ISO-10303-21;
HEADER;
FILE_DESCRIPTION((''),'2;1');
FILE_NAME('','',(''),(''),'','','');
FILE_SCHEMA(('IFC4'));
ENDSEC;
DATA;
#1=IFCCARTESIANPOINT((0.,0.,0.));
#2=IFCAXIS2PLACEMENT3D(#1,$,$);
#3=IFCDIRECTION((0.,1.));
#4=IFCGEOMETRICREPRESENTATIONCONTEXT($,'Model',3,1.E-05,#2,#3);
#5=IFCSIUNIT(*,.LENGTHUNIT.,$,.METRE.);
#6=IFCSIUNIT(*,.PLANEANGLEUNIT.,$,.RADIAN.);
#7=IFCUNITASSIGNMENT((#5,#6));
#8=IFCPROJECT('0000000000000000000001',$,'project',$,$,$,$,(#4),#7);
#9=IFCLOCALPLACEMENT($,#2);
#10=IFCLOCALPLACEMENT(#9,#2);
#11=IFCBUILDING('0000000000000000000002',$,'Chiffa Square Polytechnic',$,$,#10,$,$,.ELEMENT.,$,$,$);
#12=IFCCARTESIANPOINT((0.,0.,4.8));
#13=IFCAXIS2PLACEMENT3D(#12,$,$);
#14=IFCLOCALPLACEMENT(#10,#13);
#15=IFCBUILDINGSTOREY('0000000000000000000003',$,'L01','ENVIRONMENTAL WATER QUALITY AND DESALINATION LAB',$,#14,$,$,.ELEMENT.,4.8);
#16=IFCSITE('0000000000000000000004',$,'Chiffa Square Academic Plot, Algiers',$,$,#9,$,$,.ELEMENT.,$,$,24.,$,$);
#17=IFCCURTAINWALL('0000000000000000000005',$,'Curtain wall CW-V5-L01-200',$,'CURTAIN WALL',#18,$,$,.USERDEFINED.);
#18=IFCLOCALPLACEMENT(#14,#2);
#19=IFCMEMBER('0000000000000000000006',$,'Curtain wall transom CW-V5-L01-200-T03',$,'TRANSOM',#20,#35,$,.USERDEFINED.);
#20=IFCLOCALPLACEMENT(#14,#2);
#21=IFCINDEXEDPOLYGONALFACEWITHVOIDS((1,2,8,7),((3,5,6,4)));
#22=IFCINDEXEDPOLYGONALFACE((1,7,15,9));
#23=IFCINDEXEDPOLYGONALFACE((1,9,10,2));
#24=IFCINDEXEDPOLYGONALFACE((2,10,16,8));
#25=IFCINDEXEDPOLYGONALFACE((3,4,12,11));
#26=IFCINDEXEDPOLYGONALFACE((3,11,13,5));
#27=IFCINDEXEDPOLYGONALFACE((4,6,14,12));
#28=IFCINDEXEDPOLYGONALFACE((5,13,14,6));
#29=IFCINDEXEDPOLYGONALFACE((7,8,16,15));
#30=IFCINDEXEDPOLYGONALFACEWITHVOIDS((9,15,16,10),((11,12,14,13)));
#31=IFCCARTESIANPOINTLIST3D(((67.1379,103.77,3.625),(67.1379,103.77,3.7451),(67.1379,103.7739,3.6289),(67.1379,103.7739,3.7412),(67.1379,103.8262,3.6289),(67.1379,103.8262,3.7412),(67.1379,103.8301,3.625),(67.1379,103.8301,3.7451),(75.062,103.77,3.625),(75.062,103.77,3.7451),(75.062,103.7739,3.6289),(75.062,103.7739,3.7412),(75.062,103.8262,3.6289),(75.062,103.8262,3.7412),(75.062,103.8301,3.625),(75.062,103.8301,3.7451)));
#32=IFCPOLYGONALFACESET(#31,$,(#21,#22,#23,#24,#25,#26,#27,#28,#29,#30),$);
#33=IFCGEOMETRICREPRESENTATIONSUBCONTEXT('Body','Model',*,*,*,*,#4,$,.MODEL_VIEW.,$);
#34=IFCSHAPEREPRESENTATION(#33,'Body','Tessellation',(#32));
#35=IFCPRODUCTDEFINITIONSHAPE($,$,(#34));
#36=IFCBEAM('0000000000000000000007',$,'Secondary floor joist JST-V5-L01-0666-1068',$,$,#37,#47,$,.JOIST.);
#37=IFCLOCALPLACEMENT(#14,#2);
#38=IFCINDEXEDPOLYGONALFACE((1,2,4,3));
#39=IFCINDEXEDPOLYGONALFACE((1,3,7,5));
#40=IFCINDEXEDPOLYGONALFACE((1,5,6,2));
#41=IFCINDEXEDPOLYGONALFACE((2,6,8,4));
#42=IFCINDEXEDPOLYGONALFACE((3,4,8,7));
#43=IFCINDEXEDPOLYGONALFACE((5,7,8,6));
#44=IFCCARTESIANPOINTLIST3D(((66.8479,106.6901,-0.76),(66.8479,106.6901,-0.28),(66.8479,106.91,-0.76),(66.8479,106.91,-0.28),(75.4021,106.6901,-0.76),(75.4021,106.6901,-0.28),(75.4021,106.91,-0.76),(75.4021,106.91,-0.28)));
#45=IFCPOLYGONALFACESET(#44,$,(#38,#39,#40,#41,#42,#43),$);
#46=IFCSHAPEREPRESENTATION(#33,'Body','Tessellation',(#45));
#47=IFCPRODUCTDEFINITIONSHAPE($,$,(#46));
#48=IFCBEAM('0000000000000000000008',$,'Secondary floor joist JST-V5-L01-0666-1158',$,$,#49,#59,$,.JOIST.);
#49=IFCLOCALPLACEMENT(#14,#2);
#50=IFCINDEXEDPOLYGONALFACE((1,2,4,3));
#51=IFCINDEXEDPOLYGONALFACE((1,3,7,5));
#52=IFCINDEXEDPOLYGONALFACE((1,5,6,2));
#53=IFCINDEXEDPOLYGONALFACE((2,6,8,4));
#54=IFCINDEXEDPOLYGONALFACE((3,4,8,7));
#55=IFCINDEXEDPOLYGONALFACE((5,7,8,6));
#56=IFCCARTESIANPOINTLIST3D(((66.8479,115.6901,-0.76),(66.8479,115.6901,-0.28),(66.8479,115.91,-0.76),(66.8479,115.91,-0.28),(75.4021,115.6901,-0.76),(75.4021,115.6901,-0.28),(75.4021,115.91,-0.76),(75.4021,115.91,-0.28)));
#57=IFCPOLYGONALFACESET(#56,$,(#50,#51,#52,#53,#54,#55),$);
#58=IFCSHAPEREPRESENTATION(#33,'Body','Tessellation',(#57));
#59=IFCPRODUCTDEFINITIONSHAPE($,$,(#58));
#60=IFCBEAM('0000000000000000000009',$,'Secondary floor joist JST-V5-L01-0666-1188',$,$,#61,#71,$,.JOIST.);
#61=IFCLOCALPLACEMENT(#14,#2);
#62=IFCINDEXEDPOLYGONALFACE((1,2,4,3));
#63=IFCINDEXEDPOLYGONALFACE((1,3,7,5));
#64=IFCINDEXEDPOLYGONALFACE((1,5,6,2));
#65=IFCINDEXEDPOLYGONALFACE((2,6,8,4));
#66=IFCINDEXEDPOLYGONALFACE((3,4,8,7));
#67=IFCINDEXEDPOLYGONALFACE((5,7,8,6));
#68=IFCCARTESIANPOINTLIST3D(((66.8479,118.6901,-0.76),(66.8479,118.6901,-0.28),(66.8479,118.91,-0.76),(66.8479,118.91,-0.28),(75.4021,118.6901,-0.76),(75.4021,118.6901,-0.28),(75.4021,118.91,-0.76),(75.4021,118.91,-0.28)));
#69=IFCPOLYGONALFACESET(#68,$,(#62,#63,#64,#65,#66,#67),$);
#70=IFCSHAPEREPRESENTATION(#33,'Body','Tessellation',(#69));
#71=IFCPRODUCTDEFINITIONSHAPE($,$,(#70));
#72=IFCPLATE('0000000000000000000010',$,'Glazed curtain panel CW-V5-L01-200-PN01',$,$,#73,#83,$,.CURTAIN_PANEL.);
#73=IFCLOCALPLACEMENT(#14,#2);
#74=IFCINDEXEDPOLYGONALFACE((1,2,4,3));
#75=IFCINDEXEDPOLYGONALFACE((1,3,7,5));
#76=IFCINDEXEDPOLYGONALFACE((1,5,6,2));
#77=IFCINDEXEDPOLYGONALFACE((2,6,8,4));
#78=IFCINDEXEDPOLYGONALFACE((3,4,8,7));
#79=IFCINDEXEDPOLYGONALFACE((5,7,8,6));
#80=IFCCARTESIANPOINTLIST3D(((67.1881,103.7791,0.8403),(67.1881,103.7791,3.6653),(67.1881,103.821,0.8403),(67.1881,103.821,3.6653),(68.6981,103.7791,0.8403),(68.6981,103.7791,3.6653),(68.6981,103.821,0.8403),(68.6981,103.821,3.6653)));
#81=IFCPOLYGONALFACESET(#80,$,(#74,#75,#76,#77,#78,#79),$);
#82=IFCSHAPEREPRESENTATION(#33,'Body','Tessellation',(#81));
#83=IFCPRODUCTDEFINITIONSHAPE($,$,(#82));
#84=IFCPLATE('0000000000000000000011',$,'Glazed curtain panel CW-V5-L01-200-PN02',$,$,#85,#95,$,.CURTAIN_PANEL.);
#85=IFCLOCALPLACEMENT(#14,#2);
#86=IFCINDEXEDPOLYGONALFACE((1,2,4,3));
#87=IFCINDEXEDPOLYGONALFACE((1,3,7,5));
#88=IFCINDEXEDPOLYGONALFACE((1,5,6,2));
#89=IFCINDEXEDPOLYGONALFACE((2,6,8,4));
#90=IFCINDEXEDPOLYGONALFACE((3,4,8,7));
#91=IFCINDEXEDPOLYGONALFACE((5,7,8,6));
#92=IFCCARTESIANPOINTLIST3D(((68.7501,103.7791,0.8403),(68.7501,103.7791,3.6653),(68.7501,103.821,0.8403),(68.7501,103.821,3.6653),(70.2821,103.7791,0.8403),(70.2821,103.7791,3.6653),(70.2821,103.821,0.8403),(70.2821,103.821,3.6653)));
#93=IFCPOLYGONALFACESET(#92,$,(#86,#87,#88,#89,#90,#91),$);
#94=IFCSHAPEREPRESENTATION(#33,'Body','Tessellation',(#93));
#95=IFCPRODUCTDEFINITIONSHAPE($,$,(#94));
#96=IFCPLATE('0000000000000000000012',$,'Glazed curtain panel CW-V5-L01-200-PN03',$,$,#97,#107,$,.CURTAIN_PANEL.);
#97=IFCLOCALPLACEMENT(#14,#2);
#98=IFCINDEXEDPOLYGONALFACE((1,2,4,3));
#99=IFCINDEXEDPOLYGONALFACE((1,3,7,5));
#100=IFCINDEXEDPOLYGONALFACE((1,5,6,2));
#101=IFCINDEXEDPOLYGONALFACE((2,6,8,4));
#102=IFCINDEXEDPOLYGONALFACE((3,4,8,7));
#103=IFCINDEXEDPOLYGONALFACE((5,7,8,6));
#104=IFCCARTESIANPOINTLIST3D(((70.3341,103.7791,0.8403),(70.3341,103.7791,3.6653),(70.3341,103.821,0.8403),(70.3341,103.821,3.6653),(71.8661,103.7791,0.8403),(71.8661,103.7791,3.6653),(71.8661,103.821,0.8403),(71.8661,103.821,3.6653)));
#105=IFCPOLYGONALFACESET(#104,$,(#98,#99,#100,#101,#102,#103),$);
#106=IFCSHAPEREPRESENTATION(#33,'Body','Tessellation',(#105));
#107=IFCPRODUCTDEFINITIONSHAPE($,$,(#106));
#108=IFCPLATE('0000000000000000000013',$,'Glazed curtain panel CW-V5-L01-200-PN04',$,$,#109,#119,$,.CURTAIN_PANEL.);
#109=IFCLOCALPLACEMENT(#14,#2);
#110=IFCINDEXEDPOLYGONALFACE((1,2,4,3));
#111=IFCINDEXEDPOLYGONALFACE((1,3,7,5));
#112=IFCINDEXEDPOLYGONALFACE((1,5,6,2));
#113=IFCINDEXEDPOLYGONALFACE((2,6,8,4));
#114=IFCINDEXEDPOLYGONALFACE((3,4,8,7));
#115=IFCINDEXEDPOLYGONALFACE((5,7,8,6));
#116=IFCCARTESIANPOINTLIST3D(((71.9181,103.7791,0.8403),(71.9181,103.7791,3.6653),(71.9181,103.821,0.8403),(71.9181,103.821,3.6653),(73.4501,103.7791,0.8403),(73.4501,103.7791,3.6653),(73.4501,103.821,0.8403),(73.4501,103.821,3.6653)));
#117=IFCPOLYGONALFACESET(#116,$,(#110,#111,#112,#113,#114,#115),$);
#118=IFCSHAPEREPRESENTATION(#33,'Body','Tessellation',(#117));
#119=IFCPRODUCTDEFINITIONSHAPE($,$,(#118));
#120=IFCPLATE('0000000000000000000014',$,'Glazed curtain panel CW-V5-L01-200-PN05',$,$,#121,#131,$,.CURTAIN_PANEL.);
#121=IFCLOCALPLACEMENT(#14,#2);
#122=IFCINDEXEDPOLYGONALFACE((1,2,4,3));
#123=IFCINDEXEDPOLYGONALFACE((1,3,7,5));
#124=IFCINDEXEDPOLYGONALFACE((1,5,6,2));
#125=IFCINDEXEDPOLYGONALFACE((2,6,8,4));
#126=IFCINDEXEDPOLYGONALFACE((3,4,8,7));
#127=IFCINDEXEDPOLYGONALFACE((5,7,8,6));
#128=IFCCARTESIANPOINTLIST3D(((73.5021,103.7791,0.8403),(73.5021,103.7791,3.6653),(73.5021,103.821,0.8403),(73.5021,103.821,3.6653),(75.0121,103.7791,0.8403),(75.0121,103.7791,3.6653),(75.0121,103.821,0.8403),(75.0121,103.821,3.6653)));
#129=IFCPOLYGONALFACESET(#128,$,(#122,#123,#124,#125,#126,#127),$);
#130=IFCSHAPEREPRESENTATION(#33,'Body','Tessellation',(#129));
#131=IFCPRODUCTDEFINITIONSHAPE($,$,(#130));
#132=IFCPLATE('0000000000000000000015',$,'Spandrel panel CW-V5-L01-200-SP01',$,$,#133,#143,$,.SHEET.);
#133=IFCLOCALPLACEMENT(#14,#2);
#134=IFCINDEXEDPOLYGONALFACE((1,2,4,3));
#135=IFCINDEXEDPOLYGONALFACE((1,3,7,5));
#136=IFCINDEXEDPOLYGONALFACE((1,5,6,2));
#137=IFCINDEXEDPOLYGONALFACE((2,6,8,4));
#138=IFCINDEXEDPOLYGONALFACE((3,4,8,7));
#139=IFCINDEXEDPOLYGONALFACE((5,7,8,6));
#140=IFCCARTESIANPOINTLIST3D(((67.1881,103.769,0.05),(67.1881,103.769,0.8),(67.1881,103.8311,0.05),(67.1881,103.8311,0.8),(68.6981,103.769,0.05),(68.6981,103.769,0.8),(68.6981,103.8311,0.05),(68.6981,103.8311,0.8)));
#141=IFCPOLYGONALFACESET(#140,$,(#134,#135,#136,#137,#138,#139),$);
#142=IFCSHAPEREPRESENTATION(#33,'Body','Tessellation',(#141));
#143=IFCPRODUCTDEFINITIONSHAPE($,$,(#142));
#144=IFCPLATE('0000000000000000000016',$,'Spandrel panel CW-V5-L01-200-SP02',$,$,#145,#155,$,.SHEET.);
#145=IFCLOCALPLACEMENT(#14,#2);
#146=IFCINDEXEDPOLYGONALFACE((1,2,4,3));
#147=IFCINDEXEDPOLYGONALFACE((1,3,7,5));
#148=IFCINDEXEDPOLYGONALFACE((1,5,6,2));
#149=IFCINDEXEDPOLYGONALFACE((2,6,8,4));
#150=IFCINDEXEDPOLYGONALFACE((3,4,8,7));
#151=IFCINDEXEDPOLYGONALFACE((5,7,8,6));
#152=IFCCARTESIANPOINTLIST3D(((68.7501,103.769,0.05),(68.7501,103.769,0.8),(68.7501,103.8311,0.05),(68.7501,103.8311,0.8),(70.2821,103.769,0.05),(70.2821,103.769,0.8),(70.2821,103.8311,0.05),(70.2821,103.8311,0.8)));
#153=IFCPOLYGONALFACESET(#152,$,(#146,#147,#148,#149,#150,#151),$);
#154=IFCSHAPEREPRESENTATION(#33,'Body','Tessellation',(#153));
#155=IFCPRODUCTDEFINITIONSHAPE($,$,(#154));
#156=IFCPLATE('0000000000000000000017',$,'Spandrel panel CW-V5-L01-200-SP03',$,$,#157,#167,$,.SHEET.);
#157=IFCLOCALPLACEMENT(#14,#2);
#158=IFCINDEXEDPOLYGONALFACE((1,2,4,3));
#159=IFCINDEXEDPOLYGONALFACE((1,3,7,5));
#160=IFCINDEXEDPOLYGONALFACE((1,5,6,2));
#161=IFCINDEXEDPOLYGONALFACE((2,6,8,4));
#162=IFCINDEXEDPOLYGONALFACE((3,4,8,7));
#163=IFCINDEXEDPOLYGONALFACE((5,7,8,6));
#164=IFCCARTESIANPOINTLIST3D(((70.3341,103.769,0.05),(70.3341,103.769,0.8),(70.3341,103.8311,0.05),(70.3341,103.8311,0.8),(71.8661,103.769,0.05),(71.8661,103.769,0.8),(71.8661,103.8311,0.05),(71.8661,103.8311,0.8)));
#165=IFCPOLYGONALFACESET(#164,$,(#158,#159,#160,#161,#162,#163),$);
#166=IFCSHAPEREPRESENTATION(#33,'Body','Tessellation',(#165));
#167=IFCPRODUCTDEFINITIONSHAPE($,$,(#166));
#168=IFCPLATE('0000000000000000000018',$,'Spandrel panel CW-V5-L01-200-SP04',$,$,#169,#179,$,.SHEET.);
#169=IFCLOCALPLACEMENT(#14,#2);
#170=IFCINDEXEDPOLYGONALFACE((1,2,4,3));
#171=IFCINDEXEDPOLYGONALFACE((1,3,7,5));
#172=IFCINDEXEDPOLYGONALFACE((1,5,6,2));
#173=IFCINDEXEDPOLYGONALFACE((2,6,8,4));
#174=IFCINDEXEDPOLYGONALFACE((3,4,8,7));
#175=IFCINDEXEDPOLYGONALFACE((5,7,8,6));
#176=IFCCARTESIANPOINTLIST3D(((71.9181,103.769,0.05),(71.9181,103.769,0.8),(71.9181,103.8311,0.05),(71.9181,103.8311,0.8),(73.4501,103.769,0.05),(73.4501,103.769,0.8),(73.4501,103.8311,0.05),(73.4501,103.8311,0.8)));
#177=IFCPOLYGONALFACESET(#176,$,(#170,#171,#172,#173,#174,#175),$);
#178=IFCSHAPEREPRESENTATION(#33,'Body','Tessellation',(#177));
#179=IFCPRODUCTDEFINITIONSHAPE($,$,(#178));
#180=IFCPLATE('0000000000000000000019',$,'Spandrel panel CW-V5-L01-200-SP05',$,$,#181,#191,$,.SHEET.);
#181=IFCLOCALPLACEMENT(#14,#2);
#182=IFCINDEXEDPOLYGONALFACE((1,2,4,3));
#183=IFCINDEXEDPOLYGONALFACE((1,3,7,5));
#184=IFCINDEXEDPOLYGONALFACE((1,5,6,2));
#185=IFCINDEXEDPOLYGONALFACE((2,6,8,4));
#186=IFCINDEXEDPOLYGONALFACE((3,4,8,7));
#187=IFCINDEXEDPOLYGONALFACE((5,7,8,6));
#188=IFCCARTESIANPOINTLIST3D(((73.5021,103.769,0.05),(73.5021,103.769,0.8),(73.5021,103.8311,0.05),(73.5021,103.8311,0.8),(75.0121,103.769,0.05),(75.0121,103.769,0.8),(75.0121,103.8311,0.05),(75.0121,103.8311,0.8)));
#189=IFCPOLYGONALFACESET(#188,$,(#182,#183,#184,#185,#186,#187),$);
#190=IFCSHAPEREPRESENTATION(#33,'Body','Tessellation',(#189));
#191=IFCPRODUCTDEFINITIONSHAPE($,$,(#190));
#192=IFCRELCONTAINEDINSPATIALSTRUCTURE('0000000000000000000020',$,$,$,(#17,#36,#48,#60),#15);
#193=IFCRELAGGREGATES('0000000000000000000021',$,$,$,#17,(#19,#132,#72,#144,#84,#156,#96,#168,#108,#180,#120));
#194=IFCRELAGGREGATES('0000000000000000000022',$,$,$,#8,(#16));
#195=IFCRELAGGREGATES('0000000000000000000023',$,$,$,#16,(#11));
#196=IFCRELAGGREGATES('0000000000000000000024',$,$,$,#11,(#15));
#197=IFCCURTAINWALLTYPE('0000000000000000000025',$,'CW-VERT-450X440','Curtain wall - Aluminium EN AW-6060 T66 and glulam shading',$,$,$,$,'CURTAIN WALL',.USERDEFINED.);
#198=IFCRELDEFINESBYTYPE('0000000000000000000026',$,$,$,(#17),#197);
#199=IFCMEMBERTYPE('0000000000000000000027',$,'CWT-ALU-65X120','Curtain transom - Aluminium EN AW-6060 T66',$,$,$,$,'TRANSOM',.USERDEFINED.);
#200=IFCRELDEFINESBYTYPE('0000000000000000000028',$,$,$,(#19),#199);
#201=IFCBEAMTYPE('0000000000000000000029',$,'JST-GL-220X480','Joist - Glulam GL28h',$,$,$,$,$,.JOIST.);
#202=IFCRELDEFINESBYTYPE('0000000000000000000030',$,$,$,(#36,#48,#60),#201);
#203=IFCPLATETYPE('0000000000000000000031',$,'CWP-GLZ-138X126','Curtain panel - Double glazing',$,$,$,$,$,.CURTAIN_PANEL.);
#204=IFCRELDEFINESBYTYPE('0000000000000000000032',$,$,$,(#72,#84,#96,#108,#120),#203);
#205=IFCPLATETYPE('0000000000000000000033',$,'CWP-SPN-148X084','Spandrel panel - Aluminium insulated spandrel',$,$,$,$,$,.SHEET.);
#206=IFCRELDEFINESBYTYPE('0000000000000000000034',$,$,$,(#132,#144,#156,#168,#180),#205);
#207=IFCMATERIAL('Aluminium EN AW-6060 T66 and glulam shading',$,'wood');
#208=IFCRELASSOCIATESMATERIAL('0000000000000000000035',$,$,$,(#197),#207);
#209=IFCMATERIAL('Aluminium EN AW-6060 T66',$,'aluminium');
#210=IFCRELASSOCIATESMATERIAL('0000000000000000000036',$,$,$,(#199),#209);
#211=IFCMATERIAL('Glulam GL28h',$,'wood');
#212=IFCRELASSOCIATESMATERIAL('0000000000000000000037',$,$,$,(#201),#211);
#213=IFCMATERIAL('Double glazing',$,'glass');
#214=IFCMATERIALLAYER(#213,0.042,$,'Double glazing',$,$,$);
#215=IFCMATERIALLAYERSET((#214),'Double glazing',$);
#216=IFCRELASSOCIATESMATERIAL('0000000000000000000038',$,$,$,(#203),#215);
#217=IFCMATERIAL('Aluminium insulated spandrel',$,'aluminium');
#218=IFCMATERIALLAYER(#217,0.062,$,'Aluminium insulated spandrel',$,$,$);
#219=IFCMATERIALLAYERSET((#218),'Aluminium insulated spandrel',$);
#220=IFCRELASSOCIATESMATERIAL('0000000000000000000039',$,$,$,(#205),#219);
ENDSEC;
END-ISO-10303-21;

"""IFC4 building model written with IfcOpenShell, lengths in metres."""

from ifc_helpers import new_model, si_unit, direction, frame, origin, origin_2d, place, context, subcontext, project, spatial, rectangle, hollow_rectangle, extrude, material, layer, layer_set, material_profile, profile_set, type_object, element, aggregate, save


model = new_model("IFC4")

# Units and contexts
model_context = context("Model", 3, precision=1e-05, world=origin(), true_north=direction((0.0, 1.0)))
body_context = subcontext(model_context, "Body", "Model", "MODEL_VIEW")
ifc_project = project(units=[si_unit("LENGTHUNIT", "METRE"), si_unit("PLANEANGLEUNIT", "RADIAN")], contexts=[model_context])

# Site, building, storey
site_placement = place(None, origin())
site = spatial("IfcSite", under=ifc_project, at=site_placement, Name="Chiffa Square Academic Plot, Algiers", CompositionType="ELEMENT", RefElevation=24.0)
building_placement = place(site_placement, origin())
building = spatial("IfcBuilding", under=site, at=building_placement, Name="Chiffa Square Polytechnic", CompositionType="ELEMENT")
storey_placement = place(building_placement, frame((0.0, 0.0, 4.8)))
storey = spatial("IfcBuildingStorey", under=building, at=storey_placement, Name="L01", Description="ENVIRONMENTAL WATER QUALITY AND DESALINATION LAB", CompositionType="ELEMENT", Elevation=4.8)

# Curtain wall, member
ifc_material_1 = material(Name="Aluminium EN AW-6060 T66 and glulam shading", Category="wood")
curtain_wall_type = type_object("IfcCurtainWallType", Name="CW-VERT-450X440", Description="Curtain wall - Aluminium EN AW-6060 T66 and glulam shading", ElementType="CURTAIN WALL", PredefinedType="USERDEFINED", material=ifc_material_1)
curtain_wall_placement = place(storey_placement, origin())
curtain_wall = element("IfcCurtainWall", 1, at=curtain_wall_placement, inside=storey, type_object=curtain_wall_type, Name="Curtain wall CW-V5-L01-200", ObjectType="CURTAIN WALL", PredefinedType="USERDEFINED")
ifc_material_2 = material(Name="Aluminium EN AW-6060 T66", Category="aluminium")
ifc_material_profile_1 = material_profile(ifc_material_2, hollow_rectangle(XDim=0.0601, YDim=0.1201, WallThickness=0.0039, at=origin_2d()), Name="ALU 60x120x4")
ifc_profile_set_1 = profile_set([ifc_material_profile_1], Name="Aluminium EN AW-6060 T66")
member_type_1 = type_object("IfcMemberType", Name="CWT-ALU-65X120", Description="Curtain transom - Aluminium EN AW-6060 T66", ElementType="TRANSOM", PredefinedType="USERDEFINED", material=ifc_profile_set_1)
member_1_placement = place(storey_placement, frame((67.1379, 103.8, 3.6851), z_axis=(1.0, 0.0, 0.0), x_axis=(0.0, 1.0, 0.0)))
member_1 = element("IfcMember", 2, at=member_1_placement, type_object=member_type_1, Name="Curtain wall transom CW-V5-L01-200-T03", ObjectType="TRANSOM", PredefinedType="USERDEFINED", context=body_context, shape_type="SweptSolid", body=[
    extrude(hollow_rectangle(XDim=0.0601, YDim=0.1201, WallThickness=0.0039, at=origin_2d()), origin(), (0.0, 0.0, 1.0), 7.9241),
])

# Beams
ifc_material_3 = material(Name="Glulam GL28h", Category="wood")
ifc_material_profile_2 = material_profile(ifc_material_3, rectangle(XDim=0.22, YDim=0.48, at=origin_2d()), Name="GL28h 220x480")
ifc_profile_set_2 = profile_set([ifc_material_profile_2], Name="Glulam GL28h")
beam_type_1 = type_object("IfcBeamType", Name="JST-GL-220X480", Description="Joist - Glulam GL28h", PredefinedType="JOIST", material=ifc_profile_set_2)
for number, where, z_axis, x_axis, name in (
    (3, (66.8479, 106.8, -0.52), (1.0, 0.0, 0.0), (0.0, 1.0, 0.0), "Secondary floor joist JST-V5-L01-0666-1068"),
    (4, (66.8479, 115.8, -0.52), (1.0, 0.0, 0.0), (0.0, 1.0, 0.0), "Secondary floor joist JST-V5-L01-0666-1158"),
    (5, (66.8479, 118.8, -0.52), (1.0, 0.0, 0.0), (0.0, 1.0, 0.0), "Secondary floor joist JST-V5-L01-0666-1188"),
):
    element("IfcBeam", number, at=place(storey_placement, frame(where, z_axis=z_axis, x_axis=x_axis)), inside=storey, type_object=beam_type_1, Name=name, PredefinedType="JOIST", context=body_context, shape_type="SweptSolid", body=[
        extrude(rectangle(XDim=0.22, YDim=0.48, at=origin_2d()), origin(), (0.0, 0.0, 1.0), 8.5542),
    ])

# Plates
ifc_material_4 = material(Name="Double glazing", Category="glass")
ifc_layer_1 = layer(ifc_material_4, 0.042, Name="Double glazing")
ifc_layer_set_1 = layer_set([ifc_layer_1], Name="Double glazing")
plate_type_1 = type_object("IfcPlateType", Name="CWP-GLZ-138X126", Description="Curtain panel - Double glazing", PredefinedType="CURTAIN_PANEL", material=ifc_layer_set_1)
plate_1_placement = place(storey_placement, frame((67.9431, 103.8, 0.8403), z_axis=(0.0, 0.0, 1.0), x_axis=(1.0, 0.0, 0.0)))
plate_1 = element("IfcPlate", 6, at=plate_1_placement, type_object=plate_type_1, Name="Glazed curtain panel CW-V5-L01-200-PN01", PredefinedType="CURTAIN_PANEL", context=body_context, shape_type="SweptSolid", body=[
    extrude(rectangle(XDim=1.51, YDim=0.042, at=origin_2d()), origin(), (0.0, 0.0, 1.0), 2.825),
])
plate_2_placement = place(storey_placement, frame((69.5161, 103.8, 0.8403), z_axis=(0.0, 0.0, 1.0), x_axis=(1.0, 0.0, 0.0)))
plate_2 = element("IfcPlate", 7, at=plate_2_placement, type_object=plate_type_1, Name="Glazed curtain panel CW-V5-L01-200-PN02", PredefinedType="CURTAIN_PANEL", context=body_context, shape_type="SweptSolid", body=[
    extrude(rectangle(XDim=1.532, YDim=0.042, at=origin_2d()), origin(), (0.0, 0.0, 1.0), 2.825),
])
plate_3_placement = place(storey_placement, frame((71.1001, 103.8, 0.8403), z_axis=(0.0, 0.0, 1.0), x_axis=(1.0, 0.0, 0.0)))
plate_3 = element("IfcPlate", 8, at=plate_3_placement, type_object=plate_type_1, Name="Glazed curtain panel CW-V5-L01-200-PN03", PredefinedType="CURTAIN_PANEL", context=body_context, shape_type="SweptSolid", body=[
    extrude(rectangle(XDim=1.532, YDim=0.042, at=origin_2d()), origin(), (0.0, 0.0, 1.0), 2.825),
])
plate_4_placement = place(storey_placement, frame((72.6841, 103.8, 0.8403), z_axis=(0.0, 0.0, 1.0), x_axis=(1.0, 0.0, 0.0)))
plate_4 = element("IfcPlate", 9, at=plate_4_placement, type_object=plate_type_1, Name="Glazed curtain panel CW-V5-L01-200-PN04", PredefinedType="CURTAIN_PANEL", context=body_context, shape_type="SweptSolid", body=[
    extrude(rectangle(XDim=1.532, YDim=0.042, at=origin_2d()), origin(), (0.0, 0.0, 1.0), 2.825),
])
plate_5_placement = place(storey_placement, frame((74.2571, 103.8, 0.8403), z_axis=(0.0, 0.0, 1.0), x_axis=(1.0, 0.0, 0.0)))
plate_5 = element("IfcPlate", 10, at=plate_5_placement, type_object=plate_type_1, Name="Glazed curtain panel CW-V5-L01-200-PN05", PredefinedType="CURTAIN_PANEL", context=body_context, shape_type="SweptSolid", body=[
    extrude(rectangle(XDim=1.51, YDim=0.042, at=origin_2d()), origin(), (0.0, 0.0, 1.0), 2.825),
])
ifc_material_5 = material(Name="Aluminium insulated spandrel", Category="aluminium")
ifc_layer_2 = layer(ifc_material_5, 0.062, Name="Aluminium insulated spandrel")
ifc_layer_set_2 = layer_set([ifc_layer_2], Name="Aluminium insulated spandrel")
plate_type_2 = type_object("IfcPlateType", Name="CWP-SPN-148X084", Description="Spandrel panel - Aluminium insulated spandrel", PredefinedType="SHEET", material=ifc_layer_set_2)
plate_6_placement = place(storey_placement, frame((67.9431, 103.8, 0.05), z_axis=(0.0, 0.0, 1.0), x_axis=(1.0, 0.0, 0.0)))
plate_6 = element("IfcPlate", 11, at=plate_6_placement, type_object=plate_type_2, Name="Spandrel panel CW-V5-L01-200-SP01", PredefinedType="SHEET", context=body_context, shape_type="SweptSolid", body=[
    extrude(rectangle(XDim=1.51, YDim=0.062, at=origin_2d()), origin(), (0.0, 0.0, 1.0), 0.75),
])
plate_7_placement = place(storey_placement, frame((69.5161, 103.8, 0.05), z_axis=(0.0, 0.0, 1.0), x_axis=(1.0, 0.0, 0.0)))
plate_7 = element("IfcPlate", 12, at=plate_7_placement, type_object=plate_type_2, Name="Spandrel panel CW-V5-L01-200-SP02", PredefinedType="SHEET", context=body_context, shape_type="SweptSolid", body=[
    extrude(rectangle(XDim=1.532, YDim=0.062, at=origin_2d()), origin(), (0.0, 0.0, 1.0), 0.75),
])
plate_8_placement = place(storey_placement, frame((71.1001, 103.8, 0.05), z_axis=(0.0, 0.0, 1.0), x_axis=(1.0, 0.0, 0.0)))
plate_8 = element("IfcPlate", 13, at=plate_8_placement, type_object=plate_type_2, Name="Spandrel panel CW-V5-L01-200-SP03", PredefinedType="SHEET", context=body_context, shape_type="SweptSolid", body=[
    extrude(rectangle(XDim=1.532, YDim=0.062, at=origin_2d()), origin(), (0.0, 0.0, 1.0), 0.75),
])
plate_9_placement = place(storey_placement, frame((72.6841, 103.8, 0.05), z_axis=(0.0, 0.0, 1.0), x_axis=(1.0, 0.0, 0.0)))
plate_9 = element("IfcPlate", 14, at=plate_9_placement, type_object=plate_type_2, Name="Spandrel panel CW-V5-L01-200-SP04", PredefinedType="SHEET", context=body_context, shape_type="SweptSolid", body=[
    extrude(rectangle(XDim=1.532, YDim=0.062, at=origin_2d()), origin(), (0.0, 0.0, 1.0), 0.75),
])
plate_10_placement = place(storey_placement, frame((74.2571, 103.8, 0.05), z_axis=(0.0, 0.0, 1.0), x_axis=(1.0, 0.0, 0.0)))
plate_10 = element("IfcPlate", 15, at=plate_10_placement, type_object=plate_type_2, Name="Spandrel panel CW-V5-L01-200-SP05", PredefinedType="SHEET", context=body_context, shape_type="SweptSolid", body=[
    extrude(rectangle(XDim=1.51, YDim=0.062, at=origin_2d()), origin(), (0.0, 0.0, 1.0), 0.75),
])
aggregate(curtain_wall, [member_1, plate_6, plate_1, plate_7, plate_2, plate_8, plate_3, plate_9, plate_4, plate_10, plate_5])

save(model, "model.ifc")
